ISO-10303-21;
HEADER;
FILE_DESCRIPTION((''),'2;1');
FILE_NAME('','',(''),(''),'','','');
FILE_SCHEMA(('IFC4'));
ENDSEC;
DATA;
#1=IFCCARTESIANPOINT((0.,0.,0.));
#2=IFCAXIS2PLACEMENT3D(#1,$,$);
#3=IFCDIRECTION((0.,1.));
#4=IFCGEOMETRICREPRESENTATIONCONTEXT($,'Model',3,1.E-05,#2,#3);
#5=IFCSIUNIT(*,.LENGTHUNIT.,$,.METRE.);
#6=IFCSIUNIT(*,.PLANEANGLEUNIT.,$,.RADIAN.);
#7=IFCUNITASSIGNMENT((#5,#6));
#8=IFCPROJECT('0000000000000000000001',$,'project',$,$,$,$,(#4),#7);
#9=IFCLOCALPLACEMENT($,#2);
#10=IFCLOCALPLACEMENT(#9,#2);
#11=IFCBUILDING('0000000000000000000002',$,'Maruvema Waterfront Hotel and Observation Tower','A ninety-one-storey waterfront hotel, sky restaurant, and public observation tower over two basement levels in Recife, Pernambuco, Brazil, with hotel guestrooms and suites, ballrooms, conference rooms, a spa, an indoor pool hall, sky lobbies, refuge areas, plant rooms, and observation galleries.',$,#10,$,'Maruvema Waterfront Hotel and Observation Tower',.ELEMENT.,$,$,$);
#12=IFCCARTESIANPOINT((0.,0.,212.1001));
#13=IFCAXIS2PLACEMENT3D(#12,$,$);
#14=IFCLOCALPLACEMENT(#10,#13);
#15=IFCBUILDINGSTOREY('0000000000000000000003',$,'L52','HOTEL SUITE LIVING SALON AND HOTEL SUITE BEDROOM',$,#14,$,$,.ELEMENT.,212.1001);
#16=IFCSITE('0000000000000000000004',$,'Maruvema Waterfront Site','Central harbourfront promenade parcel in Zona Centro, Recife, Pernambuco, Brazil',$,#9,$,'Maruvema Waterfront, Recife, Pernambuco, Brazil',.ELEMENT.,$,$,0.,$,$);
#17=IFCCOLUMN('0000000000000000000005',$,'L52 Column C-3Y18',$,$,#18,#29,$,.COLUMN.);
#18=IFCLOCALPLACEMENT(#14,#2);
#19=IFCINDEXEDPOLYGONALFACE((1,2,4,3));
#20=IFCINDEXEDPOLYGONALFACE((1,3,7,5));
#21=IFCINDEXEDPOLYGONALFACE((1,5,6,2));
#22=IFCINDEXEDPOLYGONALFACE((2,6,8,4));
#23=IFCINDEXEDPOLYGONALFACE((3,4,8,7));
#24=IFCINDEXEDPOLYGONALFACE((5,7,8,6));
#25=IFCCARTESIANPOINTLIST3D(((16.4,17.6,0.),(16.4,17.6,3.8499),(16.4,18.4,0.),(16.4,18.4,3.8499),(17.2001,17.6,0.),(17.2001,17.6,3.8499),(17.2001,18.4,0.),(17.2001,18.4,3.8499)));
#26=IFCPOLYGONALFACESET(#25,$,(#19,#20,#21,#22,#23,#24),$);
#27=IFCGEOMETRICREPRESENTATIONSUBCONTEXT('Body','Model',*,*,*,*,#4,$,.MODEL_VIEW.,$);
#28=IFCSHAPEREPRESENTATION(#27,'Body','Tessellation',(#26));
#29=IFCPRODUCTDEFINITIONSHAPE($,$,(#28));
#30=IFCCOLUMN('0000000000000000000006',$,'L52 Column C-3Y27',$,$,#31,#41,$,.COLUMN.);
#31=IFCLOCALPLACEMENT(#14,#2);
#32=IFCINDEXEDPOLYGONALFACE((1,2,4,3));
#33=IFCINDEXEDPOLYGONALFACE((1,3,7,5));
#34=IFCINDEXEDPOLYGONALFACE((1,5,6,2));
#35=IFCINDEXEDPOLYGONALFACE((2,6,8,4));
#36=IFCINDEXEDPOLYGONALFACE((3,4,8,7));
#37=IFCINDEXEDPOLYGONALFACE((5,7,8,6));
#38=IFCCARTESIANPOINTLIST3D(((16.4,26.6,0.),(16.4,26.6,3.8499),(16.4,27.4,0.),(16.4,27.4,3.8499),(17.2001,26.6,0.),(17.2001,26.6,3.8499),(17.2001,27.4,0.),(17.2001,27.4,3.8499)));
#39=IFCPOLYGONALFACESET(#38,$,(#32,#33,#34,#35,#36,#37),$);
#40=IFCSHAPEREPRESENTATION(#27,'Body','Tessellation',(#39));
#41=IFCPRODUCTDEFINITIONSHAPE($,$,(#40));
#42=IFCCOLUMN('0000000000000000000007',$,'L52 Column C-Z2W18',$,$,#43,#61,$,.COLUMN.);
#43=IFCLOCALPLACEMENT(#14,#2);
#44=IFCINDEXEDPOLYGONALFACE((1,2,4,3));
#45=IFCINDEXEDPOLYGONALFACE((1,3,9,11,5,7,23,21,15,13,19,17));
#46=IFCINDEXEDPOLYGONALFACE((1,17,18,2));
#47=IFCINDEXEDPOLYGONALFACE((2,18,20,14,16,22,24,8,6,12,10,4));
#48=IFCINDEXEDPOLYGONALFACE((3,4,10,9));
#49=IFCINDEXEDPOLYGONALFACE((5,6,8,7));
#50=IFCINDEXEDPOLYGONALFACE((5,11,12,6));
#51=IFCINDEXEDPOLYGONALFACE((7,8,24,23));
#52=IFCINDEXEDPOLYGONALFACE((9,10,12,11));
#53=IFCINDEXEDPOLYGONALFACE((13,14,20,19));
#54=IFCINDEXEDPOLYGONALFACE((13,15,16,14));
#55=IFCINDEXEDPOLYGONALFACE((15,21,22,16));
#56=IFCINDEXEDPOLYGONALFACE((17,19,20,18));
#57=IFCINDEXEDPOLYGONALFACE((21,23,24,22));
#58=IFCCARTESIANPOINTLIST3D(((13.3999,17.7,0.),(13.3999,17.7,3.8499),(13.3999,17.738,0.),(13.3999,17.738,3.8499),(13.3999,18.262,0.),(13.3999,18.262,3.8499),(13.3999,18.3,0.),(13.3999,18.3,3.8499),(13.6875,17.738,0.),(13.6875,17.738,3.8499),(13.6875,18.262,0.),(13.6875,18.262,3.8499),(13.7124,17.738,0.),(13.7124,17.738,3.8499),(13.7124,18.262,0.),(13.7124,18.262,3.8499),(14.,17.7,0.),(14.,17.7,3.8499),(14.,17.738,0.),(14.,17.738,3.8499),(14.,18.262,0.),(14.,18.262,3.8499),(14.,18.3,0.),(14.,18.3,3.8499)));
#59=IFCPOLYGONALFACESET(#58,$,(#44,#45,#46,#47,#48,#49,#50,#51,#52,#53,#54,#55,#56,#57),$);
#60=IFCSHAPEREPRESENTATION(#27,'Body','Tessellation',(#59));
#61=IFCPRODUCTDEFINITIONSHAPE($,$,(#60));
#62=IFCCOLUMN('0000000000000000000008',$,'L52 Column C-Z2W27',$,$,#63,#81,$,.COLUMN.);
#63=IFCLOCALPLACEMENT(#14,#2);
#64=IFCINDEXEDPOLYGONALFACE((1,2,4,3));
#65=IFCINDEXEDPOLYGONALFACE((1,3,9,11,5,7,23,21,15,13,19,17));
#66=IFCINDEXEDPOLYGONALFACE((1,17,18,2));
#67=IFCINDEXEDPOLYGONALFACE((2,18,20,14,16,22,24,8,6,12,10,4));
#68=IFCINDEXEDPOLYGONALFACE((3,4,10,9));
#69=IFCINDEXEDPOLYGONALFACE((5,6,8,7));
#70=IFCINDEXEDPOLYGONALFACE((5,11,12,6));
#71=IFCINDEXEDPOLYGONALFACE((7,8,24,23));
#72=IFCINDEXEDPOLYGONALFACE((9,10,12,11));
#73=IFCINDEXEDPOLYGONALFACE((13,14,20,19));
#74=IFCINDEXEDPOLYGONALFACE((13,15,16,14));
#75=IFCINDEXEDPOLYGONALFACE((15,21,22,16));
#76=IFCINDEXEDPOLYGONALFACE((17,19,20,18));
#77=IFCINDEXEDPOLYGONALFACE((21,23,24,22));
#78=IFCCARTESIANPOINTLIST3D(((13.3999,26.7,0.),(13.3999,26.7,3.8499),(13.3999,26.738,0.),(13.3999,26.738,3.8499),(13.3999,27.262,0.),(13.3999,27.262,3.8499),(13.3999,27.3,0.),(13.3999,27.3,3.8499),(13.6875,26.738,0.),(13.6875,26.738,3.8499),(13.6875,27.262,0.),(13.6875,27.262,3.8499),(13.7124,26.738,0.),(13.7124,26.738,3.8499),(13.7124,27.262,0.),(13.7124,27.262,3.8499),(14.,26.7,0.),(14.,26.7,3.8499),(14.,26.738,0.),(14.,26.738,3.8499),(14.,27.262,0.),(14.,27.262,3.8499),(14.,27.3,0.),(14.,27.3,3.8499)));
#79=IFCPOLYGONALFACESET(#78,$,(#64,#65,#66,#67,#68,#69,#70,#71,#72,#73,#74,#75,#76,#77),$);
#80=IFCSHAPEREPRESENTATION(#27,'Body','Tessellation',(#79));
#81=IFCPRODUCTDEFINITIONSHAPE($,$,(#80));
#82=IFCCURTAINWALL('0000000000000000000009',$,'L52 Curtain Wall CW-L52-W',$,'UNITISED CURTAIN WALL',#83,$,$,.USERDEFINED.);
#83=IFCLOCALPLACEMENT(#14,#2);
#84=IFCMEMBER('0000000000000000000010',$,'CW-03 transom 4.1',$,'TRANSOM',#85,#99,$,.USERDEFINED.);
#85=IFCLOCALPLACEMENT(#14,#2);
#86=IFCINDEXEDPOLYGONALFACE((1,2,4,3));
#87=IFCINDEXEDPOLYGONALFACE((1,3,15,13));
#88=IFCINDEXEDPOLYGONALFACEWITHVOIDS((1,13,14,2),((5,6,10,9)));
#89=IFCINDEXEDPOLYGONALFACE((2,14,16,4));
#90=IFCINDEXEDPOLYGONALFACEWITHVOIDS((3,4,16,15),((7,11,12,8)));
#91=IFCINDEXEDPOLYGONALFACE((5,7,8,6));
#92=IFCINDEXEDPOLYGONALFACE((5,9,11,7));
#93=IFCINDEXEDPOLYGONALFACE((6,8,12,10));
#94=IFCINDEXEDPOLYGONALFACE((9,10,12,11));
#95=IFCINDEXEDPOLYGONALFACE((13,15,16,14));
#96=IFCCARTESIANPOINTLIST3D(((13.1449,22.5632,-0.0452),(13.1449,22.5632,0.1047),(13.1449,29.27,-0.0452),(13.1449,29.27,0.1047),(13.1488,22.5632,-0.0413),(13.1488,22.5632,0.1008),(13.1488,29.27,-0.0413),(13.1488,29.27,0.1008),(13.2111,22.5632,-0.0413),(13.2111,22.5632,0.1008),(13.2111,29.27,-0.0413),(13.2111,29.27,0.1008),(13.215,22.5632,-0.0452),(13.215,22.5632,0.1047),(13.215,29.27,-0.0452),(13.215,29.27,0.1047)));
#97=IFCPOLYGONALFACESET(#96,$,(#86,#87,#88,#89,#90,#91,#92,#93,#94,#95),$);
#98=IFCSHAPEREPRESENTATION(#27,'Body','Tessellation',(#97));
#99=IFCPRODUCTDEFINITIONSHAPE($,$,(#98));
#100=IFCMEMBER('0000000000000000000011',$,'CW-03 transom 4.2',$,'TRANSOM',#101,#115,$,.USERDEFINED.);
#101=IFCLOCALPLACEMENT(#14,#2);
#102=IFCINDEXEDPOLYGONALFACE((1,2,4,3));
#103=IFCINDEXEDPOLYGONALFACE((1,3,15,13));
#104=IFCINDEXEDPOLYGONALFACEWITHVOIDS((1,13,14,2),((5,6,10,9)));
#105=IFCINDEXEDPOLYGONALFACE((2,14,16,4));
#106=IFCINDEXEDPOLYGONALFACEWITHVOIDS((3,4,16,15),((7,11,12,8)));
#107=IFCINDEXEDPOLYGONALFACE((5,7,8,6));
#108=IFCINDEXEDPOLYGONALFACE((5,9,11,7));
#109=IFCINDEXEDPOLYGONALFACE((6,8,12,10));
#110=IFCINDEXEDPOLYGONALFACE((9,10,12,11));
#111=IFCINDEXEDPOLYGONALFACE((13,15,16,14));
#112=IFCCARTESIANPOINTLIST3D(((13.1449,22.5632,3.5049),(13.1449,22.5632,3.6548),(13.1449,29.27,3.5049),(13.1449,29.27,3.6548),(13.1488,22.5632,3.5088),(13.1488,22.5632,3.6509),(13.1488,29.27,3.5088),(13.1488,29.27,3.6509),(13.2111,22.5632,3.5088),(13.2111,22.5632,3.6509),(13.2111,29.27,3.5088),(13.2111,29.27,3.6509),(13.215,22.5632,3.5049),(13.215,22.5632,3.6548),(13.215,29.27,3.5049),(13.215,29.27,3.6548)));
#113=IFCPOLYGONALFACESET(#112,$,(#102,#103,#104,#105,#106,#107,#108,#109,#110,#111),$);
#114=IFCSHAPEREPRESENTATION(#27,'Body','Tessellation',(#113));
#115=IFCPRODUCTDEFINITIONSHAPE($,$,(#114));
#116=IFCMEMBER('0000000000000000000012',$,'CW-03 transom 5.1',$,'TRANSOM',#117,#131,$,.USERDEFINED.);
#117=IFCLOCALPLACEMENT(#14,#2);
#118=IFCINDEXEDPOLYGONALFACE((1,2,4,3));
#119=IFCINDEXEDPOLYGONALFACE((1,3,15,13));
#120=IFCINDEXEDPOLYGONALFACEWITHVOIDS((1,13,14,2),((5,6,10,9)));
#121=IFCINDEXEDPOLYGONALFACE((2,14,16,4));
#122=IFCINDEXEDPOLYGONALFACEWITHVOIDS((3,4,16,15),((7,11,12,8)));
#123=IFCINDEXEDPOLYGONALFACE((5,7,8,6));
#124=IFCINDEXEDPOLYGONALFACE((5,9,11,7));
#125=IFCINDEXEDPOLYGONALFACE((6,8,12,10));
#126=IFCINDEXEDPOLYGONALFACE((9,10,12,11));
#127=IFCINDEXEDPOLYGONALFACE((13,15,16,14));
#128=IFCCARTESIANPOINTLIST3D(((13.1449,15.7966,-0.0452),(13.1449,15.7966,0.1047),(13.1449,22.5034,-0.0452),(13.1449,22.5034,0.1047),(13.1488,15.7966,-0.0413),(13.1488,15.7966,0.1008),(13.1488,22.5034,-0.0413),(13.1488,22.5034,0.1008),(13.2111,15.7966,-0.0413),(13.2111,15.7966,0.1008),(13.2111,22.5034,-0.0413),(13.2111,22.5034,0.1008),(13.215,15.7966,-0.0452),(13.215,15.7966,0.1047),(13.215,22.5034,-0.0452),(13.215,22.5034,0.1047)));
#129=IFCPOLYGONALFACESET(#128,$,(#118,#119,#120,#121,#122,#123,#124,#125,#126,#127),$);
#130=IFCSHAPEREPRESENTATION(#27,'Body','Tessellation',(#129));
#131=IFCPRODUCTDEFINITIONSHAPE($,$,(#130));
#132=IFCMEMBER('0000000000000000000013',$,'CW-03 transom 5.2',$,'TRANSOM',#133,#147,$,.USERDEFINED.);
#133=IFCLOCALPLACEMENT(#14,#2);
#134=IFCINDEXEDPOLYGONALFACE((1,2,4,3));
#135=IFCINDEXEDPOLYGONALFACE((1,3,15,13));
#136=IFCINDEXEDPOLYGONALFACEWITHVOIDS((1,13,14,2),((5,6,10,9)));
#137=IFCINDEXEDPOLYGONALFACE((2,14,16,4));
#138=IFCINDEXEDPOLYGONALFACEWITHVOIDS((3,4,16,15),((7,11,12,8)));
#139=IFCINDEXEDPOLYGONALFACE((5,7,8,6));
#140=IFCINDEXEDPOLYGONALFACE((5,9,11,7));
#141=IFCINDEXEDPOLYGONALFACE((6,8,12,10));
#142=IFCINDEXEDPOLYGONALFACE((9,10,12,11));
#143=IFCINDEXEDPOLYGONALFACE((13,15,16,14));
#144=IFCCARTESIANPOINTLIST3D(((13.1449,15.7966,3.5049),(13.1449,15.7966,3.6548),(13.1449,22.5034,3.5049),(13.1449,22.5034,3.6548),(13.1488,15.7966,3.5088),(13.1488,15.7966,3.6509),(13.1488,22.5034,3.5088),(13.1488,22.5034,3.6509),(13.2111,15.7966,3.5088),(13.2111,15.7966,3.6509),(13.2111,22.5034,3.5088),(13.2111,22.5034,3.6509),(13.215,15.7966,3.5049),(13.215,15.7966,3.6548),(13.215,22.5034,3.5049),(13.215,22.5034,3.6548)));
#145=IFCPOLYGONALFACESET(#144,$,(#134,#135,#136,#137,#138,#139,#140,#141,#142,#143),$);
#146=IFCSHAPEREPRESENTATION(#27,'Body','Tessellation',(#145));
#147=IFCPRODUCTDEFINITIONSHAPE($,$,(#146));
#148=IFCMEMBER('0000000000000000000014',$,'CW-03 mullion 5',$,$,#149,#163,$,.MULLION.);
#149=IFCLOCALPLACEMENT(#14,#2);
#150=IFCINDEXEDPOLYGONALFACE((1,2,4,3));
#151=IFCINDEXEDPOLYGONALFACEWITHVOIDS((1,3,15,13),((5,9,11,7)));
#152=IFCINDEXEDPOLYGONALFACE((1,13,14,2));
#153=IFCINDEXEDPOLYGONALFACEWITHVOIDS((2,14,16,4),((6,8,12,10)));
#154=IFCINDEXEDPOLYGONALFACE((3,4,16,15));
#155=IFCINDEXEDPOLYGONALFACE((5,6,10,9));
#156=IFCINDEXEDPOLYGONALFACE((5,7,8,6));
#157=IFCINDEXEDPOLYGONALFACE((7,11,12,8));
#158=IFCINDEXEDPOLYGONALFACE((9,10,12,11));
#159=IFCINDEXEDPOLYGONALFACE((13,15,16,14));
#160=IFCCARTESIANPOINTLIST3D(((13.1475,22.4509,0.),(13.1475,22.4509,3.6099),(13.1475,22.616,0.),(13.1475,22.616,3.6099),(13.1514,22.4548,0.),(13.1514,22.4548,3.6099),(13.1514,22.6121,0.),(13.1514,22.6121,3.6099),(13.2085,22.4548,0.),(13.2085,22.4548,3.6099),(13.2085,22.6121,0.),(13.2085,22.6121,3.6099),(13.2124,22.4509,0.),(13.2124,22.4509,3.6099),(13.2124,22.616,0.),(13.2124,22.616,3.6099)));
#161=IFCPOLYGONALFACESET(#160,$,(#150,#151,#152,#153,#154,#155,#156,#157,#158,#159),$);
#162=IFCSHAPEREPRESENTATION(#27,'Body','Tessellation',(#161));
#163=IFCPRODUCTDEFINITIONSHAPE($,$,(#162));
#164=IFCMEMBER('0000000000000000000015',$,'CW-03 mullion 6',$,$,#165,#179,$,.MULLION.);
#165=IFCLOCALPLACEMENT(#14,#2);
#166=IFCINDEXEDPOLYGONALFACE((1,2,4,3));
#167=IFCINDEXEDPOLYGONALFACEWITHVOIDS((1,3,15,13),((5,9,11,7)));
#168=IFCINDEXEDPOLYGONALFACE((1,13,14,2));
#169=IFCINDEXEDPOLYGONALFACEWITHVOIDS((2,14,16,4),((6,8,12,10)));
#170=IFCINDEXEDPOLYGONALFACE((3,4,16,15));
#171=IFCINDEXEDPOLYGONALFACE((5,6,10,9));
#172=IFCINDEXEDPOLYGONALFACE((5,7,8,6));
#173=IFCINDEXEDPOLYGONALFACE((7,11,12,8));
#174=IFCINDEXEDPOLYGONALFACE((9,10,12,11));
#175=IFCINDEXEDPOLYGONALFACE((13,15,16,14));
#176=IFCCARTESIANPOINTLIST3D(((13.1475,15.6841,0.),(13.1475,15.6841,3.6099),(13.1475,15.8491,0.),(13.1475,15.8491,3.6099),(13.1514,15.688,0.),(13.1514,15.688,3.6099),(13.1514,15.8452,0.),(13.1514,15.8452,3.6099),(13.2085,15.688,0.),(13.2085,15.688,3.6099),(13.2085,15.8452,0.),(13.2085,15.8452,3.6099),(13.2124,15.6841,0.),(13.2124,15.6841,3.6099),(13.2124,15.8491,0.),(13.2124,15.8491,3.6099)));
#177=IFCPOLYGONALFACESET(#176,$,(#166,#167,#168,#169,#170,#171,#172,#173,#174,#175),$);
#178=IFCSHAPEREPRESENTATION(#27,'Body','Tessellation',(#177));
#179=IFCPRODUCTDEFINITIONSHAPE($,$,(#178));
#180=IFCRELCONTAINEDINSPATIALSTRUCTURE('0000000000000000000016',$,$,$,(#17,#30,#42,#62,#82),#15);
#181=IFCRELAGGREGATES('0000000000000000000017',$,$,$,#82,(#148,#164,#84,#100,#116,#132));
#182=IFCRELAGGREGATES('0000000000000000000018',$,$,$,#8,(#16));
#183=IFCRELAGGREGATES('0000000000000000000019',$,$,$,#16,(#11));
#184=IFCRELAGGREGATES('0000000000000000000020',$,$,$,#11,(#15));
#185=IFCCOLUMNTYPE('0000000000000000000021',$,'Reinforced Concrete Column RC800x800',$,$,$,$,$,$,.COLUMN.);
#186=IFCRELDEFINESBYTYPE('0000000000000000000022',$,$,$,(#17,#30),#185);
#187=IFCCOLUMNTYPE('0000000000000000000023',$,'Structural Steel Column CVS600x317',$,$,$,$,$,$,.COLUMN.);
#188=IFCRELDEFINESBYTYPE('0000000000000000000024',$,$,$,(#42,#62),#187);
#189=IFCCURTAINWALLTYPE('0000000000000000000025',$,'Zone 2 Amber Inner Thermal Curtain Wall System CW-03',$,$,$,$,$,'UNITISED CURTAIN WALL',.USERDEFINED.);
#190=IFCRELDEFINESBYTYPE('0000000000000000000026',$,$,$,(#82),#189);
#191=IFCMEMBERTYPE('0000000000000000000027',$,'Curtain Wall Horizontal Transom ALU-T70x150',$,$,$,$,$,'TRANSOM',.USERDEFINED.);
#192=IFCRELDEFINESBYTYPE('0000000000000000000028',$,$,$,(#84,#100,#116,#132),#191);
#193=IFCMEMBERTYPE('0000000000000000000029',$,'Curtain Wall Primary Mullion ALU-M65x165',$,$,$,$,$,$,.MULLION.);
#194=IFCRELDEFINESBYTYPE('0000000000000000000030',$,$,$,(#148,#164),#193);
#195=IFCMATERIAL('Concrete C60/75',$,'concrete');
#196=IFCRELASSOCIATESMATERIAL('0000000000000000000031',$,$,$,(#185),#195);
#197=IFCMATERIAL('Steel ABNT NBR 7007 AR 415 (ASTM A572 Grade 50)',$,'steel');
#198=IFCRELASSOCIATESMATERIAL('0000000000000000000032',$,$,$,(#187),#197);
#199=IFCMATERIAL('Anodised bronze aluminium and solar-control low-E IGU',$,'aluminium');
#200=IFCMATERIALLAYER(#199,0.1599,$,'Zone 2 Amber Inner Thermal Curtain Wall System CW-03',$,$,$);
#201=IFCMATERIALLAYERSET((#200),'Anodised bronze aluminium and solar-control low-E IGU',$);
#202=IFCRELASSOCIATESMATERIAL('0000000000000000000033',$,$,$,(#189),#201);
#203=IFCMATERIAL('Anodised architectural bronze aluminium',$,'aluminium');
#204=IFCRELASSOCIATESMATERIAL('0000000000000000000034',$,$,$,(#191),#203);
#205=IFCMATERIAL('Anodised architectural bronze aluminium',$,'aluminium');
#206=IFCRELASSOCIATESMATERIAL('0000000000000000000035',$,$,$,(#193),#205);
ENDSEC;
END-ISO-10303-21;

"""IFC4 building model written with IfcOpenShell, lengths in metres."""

from ifc_helpers import new_model, si_unit, direction, frame, origin, origin_2d, place, context, subcontext, project, spatial, rectangle, hollow_rectangle, i_section, extrude, material, layer, layer_set, material_profile, profile_set, type_object, element, aggregate, save


model = new_model("IFC4")

# Units and contexts
model_context = context("Model", 3, precision=1e-05, world=origin(), true_north=direction((0.0, 1.0)))
body_context = subcontext(model_context, "Body", "Model", "MODEL_VIEW")
ifc_project = project(units=[si_unit("LENGTHUNIT", "METRE"), si_unit("PLANEANGLEUNIT", "RADIAN")], contexts=[model_context])

# Site, building, storey
site_placement = place(None, origin())
site = spatial("IfcSite", under=ifc_project, at=site_placement, Name="Maruvema Waterfront Site", Description="Central harbourfront promenade parcel in Zona Centro, Recife, Pernambuco, Brazil", LongName="Maruvema Waterfront, Recife, Pernambuco, Brazil", CompositionType="ELEMENT", RefElevation=0.0)
building_placement = place(site_placement, origin())
building = spatial("IfcBuilding", under=site, at=building_placement, Name="Maruvema Waterfront Hotel and Observation Tower", Description="A ninety-one-storey waterfront hotel, sky restaurant, and public observation tower over two basement levels in Recife, Pernambuco, Brazil, with hotel guestrooms and suites, ballrooms, conference rooms, a spa, an indoor pool hall, sky lobbies, refuge areas, plant rooms, and observation galleries.", LongName="Maruvema Waterfront Hotel and Observation Tower", CompositionType="ELEMENT")
storey_placement = place(building_placement, frame((0.0, 0.0, 212.1001)))
storey = spatial("IfcBuildingStorey", under=building, at=storey_placement, Name="L52", Description="HOTEL SUITE LIVING SALON AND HOTEL SUITE BEDROOM", CompositionType="ELEMENT", Elevation=212.1001)

# Columns
ifc_material_1 = material(Name="Concrete C60/75", Category="concrete")
ifc_material_profile_1 = material_profile(ifc_material_1, rectangle(XDim=0.8, YDim=0.8, at=origin_2d()), Name="RC800x800")
ifc_profile_set_1 = profile_set([ifc_material_profile_1], Name="Concrete C60/75")
column_type_1 = type_object("IfcColumnType", Name="Reinforced Concrete Column RC800x800", PredefinedType="COLUMN", material=ifc_profile_set_1)
for number, where, z_axis, x_axis, name in (
    (1, (16.8, 18.0, 0.0), (0.0, 0.0, 1.0), (1.0, 0.0, 0.0), "L52 Column C-3Y18"),
    (2, (16.8, 27.0, 0.0), (0.0, 0.0, 1.0), (1.0, 0.0, 0.0), "L52 Column C-3Y27"),
):
    element("IfcColumn", number, at=place(storey_placement, frame(where, z_axis=z_axis, x_axis=x_axis)), inside=storey, type_object=column_type_1, Name=name, PredefinedType="COLUMN", context=body_context, shape_type="SweptSolid", body=[
        extrude(rectangle(XDim=0.8, YDim=0.8, at=origin_2d()), origin(), (0.0, 0.0, 1.0), 3.8499),
    ])
ifc_material_2 = material(Name="Steel ABNT NBR 7007 AR 415 (ASTM A572 Grade 50)", Category="steel")
ifc_material_profile_2 = material_profile(ifc_material_2, i_section(OverallWidth=0.6001, OverallDepth=0.6001, WebThickness=0.0249, FlangeThickness=0.0381, at=origin_2d()), Name="CVS600x317")
ifc_profile_set_2 = profile_set([ifc_material_profile_2], Name="Steel ABNT NBR 7007 AR 415 (ASTM A572 Grade 50)")
column_type_2 = type_object("IfcColumnType", Name="Structural Steel Column CVS600x317", PredefinedType="COLUMN", material=ifc_profile_set_2)
for number, where, z_axis, x_axis, name in (
    (3, (13.7, 18.0, 0.0), (0.0, 0.0, 1.0), (1.0, 0.0, 0.0), "L52 Column C-Z2W18"),
    (4, (13.7, 27.0, 0.0), (0.0, 0.0, 1.0), (1.0, 0.0, 0.0), "L52 Column C-Z2W27"),
):
    element("IfcColumn", number, at=place(storey_placement, frame(where, z_axis=z_axis, x_axis=x_axis)), inside=storey, type_object=column_type_2, Name=name, PredefinedType="COLUMN", context=body_context, shape_type="SweptSolid", body=[
        extrude(i_section(OverallWidth=0.6001, OverallDepth=0.6001, WebThickness=0.0249, FlangeThickness=0.0381, at=origin_2d()), origin(), (0.0, 0.0, 1.0), 3.8499),
    ])

# Curtain wall, members
ifc_material_3 = material(Name="Anodised bronze aluminium and solar-control low-E IGU", Category="aluminium")
ifc_layer_1 = layer(ifc_material_3, 0.1599, Name="Zone 2 Amber Inner Thermal Curtain Wall System CW-03")
ifc_layer_set_1 = layer_set([ifc_layer_1], Name="Anodised bronze aluminium and solar-control low-E IGU")
curtain_wall_type = type_object("IfcCurtainWallType", Name="Zone 2 Amber Inner Thermal Curtain Wall System CW-03", ElementType="UNITISED CURTAIN WALL", PredefinedType="USERDEFINED", material=ifc_layer_set_1)
curtain_wall_placement = place(storey_placement, origin())
curtain_wall = element("IfcCurtainWall", 5, at=curtain_wall_placement, inside=storey, type_object=curtain_wall_type, Name="L52 Curtain Wall CW-L52-W", ObjectType="UNITISED CURTAIN WALL", PredefinedType="USERDEFINED")
ifc_material_4 = material(Name="Anodised architectural bronze aluminium", Category="aluminium")
ifc_material_profile_3 = material_profile(ifc_material_4, hollow_rectangle(XDim=0.0701, YDim=0.1499, WallThickness=0.0039, at=origin_2d()), Name="ALU-T70x150")
ifc_profile_set_3 = profile_set([ifc_material_profile_3], Name="Anodised architectural bronze aluminium")
member_type_1 = type_object("IfcMemberType", Name="Curtain Wall Horizontal Transom ALU-T70x150", ElementType="TRANSOM", PredefinedType="USERDEFINED", material=ifc_profile_set_3)
member_1_placement = place(storey_placement, frame((13.1799, 29.27, 0.0298), z_axis=(0.0, -1.0, 0.0), x_axis=(1.0, 0.0, 0.0)))
member_1 = element("IfcMember", 6, at=member_1_placement, type_object=member_type_1, Name="CW-03 transom 4.1", ObjectType="TRANSOM", PredefinedType="USERDEFINED", context=body_context, shape_type="SweptSolid", body=[
    extrude(hollow_rectangle(XDim=0.0701, YDim=0.1499, WallThickness=0.0039, at=origin_2d()), origin(), (0.0, 0.0, 1.0), 6.7068),
])
member_2_placement = place(storey_placement, frame((13.1799, 29.27, 3.5798), z_axis=(0.0, -1.0, 0.0), x_axis=(1.0, 0.0, 0.0)))
member_2 = element("IfcMember", 7, at=member_2_placement, type_object=member_type_1, Name="CW-03 transom 4.2", ObjectType="TRANSOM", PredefinedType="USERDEFINED", context=body_context, shape_type="SweptSolid", body=[
    extrude(hollow_rectangle(XDim=0.0701, YDim=0.1499, WallThickness=0.0039, at=origin_2d()), origin(), (0.0, 0.0, 1.0), 6.7068),
])
member_3_placement = place(storey_placement, frame((13.1799, 22.5034, 0.0298), z_axis=(0.0, -1.0, 0.0), x_axis=(1.0, 0.0, 0.0)))
member_3 = element("IfcMember", 8, at=member_3_placement, type_object=member_type_1, Name="CW-03 transom 5.1", ObjectType="TRANSOM", PredefinedType="USERDEFINED", context=body_context, shape_type="SweptSolid", body=[
    extrude(hollow_rectangle(XDim=0.0701, YDim=0.1499, WallThickness=0.0039, at=origin_2d()), origin(), (0.0, 0.0, 1.0), 6.7068),
])
member_4_placement = place(storey_placement, frame((13.1799, 22.5034, 3.5798), z_axis=(0.0, -1.0, 0.0), x_axis=(1.0, 0.0, 0.0)))
member_4 = element("IfcMember", 9, at=member_4_placement, type_object=member_type_1, Name="CW-03 transom 5.2", ObjectType="TRANSOM", PredefinedType="USERDEFINED", context=body_context, shape_type="SweptSolid", body=[
    extrude(hollow_rectangle(XDim=0.0701, YDim=0.1499, WallThickness=0.0039, at=origin_2d()), origin(), (0.0, 0.0, 1.0), 6.7068),
])
ifc_material_5 = material(Name="Anodised architectural bronze aluminium", Category="aluminium")
ifc_material_profile_4 = material_profile(ifc_material_5, hollow_rectangle(XDim=0.0649, YDim=0.165, WallThickness=0.0039, at=origin_2d()), Name="ALU-M65x165")
ifc_profile_set_4 = profile_set([ifc_material_profile_4], Name="Anodised architectural bronze aluminium")
member_type_2 = type_object("IfcMemberType", Name="Curtain Wall Primary Mullion ALU-M65x165", PredefinedType="MULLION", material=ifc_profile_set_4)
member_5_placement = place(storey_placement, frame((13.1799, 22.5334, 0.0), z_axis=(0.0, 0.0, 1.0), x_axis=(1.0, 0.0, 0.0)))
member_5 = element("IfcMember", 10, at=member_5_placement, type_object=member_type_2, Name="CW-03 mullion 5", PredefinedType="MULLION", context=body_context, shape_type="SweptSolid", body=[
    extrude(hollow_rectangle(XDim=0.0649, YDim=0.165, WallThickness=0.0039, at=origin_2d()), origin(), (0.0, 0.0, 1.0), 3.6099),
])
member_6_placement = place(storey_placement, frame((13.1799, 15.7666, 0.0), z_axis=(0.0, 0.0, 1.0), x_axis=(1.0, 0.0, 0.0)))
member_6 = element("IfcMember", 11, at=member_6_placement, type_object=member_type_2, Name="CW-03 mullion 6", PredefinedType="MULLION", context=body_context, shape_type="SweptSolid", body=[
    extrude(hollow_rectangle(XDim=0.0649, YDim=0.165, WallThickness=0.0039, at=origin_2d()), origin(), (0.0, 0.0, 1.0), 3.6099),
])

aggregate(curtain_wall, [member_5, member_6, member_1, member_2, member_3, member_4])

save(model, "model.ifc")
